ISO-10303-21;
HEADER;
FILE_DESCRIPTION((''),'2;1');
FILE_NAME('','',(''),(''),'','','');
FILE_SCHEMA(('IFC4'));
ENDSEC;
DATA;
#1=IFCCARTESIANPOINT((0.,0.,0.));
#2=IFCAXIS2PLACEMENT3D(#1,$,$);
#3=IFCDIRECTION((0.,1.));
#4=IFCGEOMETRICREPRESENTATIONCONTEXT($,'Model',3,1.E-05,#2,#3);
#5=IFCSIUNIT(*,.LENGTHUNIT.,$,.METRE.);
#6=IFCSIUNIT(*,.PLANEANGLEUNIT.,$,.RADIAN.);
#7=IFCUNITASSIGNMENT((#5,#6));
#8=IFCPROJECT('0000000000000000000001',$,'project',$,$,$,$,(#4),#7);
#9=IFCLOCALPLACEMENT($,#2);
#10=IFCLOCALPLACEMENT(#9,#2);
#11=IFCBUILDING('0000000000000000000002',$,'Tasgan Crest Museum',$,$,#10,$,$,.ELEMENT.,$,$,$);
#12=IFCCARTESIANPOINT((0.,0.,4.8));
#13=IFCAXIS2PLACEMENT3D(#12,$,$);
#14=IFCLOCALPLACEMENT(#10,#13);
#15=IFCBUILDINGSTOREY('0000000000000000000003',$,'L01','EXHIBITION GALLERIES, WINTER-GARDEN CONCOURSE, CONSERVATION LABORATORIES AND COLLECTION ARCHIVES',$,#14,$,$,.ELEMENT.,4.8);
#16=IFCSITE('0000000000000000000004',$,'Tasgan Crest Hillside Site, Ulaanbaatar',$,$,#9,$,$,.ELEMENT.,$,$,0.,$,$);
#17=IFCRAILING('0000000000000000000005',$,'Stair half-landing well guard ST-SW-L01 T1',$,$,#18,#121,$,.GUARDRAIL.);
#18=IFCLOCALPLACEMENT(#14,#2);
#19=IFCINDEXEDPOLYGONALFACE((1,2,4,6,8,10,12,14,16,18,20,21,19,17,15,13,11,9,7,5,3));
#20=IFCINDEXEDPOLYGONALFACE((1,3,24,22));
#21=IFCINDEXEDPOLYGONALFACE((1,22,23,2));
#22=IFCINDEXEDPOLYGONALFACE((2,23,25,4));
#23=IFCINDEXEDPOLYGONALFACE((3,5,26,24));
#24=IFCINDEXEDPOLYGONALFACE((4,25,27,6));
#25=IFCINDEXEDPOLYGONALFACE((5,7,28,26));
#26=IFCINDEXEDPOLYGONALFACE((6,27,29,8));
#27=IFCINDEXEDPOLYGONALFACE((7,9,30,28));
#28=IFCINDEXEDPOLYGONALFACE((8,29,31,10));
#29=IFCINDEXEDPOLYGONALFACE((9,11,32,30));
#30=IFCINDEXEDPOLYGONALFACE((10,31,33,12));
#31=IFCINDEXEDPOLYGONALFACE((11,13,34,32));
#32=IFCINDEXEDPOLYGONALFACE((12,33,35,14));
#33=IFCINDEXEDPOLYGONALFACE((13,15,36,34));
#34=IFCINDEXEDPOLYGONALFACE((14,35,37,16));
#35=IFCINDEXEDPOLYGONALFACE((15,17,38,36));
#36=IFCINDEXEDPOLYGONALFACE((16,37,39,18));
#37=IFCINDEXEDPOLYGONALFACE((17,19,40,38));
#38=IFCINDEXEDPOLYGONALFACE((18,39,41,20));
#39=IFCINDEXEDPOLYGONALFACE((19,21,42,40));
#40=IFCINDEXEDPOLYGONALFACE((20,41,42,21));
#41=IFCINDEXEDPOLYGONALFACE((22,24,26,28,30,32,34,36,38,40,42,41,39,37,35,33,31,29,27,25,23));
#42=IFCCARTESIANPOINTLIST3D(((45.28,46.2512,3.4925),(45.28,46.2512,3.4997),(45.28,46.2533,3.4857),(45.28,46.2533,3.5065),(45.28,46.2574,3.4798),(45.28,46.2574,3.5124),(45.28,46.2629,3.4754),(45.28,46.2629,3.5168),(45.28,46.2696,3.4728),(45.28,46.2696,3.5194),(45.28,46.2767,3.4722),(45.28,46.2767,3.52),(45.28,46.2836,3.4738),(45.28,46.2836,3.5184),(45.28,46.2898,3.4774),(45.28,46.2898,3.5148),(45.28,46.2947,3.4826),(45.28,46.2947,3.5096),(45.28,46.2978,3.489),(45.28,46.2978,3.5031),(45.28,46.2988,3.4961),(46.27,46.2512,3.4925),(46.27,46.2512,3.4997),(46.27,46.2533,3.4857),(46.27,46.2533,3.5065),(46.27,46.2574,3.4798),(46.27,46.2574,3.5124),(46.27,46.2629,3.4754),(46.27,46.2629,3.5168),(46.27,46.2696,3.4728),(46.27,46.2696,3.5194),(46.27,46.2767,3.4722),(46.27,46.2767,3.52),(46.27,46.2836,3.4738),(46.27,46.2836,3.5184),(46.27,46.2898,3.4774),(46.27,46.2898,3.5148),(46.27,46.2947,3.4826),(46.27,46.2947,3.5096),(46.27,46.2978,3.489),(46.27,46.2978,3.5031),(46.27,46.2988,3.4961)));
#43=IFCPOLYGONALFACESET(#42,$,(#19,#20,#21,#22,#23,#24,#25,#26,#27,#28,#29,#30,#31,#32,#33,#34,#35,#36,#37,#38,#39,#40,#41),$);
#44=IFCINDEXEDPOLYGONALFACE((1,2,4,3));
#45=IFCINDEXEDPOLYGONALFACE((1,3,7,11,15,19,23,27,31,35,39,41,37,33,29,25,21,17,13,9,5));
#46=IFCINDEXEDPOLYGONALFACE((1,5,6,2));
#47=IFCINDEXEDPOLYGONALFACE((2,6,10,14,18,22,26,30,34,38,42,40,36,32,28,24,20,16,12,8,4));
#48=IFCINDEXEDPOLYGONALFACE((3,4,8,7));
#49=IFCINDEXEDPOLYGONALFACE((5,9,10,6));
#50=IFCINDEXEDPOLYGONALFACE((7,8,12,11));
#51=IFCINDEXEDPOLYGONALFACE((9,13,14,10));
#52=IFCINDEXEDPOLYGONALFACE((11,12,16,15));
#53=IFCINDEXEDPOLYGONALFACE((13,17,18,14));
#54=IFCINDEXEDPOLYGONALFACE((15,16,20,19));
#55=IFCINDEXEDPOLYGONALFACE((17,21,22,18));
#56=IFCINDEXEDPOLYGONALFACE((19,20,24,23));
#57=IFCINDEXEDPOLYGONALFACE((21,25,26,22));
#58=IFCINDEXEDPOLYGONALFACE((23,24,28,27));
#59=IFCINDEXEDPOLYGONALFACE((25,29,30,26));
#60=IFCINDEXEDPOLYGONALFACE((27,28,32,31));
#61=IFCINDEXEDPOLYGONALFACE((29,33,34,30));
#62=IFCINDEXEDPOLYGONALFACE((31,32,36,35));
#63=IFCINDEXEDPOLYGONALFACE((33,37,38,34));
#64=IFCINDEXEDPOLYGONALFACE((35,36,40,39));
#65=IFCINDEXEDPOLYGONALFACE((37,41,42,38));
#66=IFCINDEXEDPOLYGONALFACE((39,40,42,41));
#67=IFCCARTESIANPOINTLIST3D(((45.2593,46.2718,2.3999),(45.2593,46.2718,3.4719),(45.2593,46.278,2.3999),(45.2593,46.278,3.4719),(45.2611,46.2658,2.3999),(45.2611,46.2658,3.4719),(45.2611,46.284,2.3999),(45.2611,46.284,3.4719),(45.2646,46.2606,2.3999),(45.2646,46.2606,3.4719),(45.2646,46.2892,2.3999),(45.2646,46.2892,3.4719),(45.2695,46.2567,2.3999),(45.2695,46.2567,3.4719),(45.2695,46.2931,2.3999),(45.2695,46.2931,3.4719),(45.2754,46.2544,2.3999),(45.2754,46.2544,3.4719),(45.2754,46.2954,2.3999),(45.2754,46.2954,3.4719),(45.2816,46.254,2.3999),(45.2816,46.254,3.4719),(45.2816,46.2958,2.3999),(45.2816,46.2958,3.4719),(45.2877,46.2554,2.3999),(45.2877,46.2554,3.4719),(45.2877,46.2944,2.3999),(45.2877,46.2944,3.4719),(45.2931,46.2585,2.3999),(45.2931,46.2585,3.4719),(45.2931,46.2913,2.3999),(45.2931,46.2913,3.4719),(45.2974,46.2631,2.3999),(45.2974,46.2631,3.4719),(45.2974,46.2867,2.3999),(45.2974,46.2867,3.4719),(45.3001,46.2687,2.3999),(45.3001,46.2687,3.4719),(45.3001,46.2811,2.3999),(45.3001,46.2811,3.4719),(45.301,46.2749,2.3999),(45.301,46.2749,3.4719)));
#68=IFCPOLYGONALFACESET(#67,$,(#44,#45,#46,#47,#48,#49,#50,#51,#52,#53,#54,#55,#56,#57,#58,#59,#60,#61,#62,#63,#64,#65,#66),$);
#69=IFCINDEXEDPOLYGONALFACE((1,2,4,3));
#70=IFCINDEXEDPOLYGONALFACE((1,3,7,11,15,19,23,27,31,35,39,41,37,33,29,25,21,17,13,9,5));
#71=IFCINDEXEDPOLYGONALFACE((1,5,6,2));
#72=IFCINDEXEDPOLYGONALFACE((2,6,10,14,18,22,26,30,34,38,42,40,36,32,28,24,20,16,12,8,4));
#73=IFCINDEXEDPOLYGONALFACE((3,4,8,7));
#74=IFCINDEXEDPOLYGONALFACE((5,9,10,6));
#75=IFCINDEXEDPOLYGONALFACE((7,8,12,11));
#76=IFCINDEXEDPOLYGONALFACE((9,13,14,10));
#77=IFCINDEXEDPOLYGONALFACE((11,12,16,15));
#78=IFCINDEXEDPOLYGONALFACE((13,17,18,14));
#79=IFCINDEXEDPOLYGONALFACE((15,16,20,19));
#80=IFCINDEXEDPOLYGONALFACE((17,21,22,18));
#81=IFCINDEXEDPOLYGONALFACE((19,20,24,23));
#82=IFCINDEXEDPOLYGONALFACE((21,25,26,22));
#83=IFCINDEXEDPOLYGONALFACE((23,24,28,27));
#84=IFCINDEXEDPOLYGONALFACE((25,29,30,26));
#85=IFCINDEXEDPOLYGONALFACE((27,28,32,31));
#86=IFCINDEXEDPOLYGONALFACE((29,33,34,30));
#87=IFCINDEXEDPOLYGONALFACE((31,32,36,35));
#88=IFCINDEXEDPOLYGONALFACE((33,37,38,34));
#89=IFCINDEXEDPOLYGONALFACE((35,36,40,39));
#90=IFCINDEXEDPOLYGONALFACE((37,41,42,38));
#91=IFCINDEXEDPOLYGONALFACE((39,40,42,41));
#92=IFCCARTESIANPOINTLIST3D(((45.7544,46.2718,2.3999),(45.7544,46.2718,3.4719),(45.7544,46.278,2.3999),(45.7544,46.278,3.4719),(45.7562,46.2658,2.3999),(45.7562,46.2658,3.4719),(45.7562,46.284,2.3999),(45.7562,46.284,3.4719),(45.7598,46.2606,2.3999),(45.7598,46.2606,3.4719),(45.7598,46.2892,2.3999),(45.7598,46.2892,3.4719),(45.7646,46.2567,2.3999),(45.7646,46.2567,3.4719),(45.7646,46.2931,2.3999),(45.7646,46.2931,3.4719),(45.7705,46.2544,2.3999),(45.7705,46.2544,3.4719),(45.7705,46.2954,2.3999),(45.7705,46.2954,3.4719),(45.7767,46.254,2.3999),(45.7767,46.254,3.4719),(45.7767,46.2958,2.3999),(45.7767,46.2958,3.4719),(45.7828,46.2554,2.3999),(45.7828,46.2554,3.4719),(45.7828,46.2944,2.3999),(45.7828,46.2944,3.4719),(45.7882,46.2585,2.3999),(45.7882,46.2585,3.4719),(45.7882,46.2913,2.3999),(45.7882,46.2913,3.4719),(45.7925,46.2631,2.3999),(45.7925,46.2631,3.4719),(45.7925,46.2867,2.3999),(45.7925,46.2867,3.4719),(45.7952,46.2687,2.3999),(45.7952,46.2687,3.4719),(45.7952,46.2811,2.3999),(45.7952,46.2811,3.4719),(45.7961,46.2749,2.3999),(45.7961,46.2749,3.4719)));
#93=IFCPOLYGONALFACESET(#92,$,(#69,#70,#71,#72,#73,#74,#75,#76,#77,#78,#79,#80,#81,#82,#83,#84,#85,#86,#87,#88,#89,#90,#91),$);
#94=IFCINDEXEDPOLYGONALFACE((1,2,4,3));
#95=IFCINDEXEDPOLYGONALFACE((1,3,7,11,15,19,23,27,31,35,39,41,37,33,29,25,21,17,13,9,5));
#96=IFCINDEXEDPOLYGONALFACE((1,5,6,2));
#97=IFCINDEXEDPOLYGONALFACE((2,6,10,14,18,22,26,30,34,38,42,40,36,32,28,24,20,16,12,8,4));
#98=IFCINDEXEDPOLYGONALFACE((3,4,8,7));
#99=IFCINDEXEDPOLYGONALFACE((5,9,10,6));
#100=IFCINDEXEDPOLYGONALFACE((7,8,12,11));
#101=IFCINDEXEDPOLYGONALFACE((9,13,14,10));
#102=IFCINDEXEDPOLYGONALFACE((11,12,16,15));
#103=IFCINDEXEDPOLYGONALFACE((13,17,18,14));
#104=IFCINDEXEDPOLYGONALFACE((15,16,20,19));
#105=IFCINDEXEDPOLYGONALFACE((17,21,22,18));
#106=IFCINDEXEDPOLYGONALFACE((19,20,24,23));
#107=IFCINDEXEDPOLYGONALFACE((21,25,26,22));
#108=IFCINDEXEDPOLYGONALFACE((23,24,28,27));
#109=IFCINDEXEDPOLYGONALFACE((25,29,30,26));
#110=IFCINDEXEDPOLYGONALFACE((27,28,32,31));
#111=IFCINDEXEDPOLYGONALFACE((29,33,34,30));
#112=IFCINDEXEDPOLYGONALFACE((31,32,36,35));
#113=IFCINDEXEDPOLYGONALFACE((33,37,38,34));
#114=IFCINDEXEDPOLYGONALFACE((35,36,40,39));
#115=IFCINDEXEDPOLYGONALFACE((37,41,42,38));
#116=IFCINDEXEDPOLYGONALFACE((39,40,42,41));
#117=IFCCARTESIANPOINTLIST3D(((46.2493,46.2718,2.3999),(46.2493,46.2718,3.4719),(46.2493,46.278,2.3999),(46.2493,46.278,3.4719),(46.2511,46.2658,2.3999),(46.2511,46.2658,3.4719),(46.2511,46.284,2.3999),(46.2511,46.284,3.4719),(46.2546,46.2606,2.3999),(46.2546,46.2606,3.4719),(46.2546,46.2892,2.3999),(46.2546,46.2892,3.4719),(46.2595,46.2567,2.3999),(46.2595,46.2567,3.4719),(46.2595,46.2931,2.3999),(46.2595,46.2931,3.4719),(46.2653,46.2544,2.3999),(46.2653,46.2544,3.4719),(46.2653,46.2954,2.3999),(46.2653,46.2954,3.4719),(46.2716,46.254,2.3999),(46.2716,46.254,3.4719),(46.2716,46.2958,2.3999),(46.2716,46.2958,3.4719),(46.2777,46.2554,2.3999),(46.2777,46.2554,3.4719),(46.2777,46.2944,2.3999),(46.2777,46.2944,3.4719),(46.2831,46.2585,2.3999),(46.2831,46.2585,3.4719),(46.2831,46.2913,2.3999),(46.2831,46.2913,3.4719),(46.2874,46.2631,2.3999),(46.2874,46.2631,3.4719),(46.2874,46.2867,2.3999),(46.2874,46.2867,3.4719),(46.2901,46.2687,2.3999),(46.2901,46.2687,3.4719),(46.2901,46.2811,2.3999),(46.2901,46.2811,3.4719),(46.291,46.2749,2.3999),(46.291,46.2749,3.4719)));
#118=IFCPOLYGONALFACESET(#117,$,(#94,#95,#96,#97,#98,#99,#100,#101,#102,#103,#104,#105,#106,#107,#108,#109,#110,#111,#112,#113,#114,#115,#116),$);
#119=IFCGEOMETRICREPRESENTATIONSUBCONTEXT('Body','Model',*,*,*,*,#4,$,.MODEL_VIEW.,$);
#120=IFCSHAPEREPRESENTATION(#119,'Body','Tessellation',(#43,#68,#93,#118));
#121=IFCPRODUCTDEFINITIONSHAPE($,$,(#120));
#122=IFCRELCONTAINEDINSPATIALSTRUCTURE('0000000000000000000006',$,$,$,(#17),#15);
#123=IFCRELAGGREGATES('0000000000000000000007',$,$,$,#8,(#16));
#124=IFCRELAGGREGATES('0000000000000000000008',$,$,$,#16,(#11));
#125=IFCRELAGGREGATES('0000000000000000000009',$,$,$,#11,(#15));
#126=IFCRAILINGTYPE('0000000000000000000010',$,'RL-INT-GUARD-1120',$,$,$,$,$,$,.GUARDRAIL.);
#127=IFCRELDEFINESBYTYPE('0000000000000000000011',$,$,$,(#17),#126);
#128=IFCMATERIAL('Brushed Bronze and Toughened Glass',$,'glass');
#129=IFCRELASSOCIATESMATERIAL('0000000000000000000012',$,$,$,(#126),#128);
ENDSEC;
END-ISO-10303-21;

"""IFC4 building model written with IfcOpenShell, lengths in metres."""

from ifc_helpers import new_model, si_unit, direction, frame, origin, origin_2d, place, context, subcontext, project, spatial, circle, extrude, material, type_object, element, save


model = new_model("IFC4")

# Units and contexts
model_context = context("Model", 3, precision=1e-05, world=origin(), true_north=direction((0.0, 1.0)))
body_context = subcontext(model_context, "Body", "Model", "MODEL_VIEW")
ifc_project = project(units=[si_unit("LENGTHUNIT", "METRE"), si_unit("PLANEANGLEUNIT", "RADIAN")], contexts=[model_context])

# Site, building, storey
site_placement = place(None, origin())
site = spatial("IfcSite", under=ifc_project, at=site_placement, Name="Tasgan Crest Hillside Site, Ulaanbaatar", CompositionType="ELEMENT", RefElevation=0.0)
building_placement = place(site_placement, origin())
building = spatial("IfcBuilding", under=site, at=building_placement, Name="Tasgan Crest Museum", CompositionType="ELEMENT")
storey_placement = place(building_placement, frame((0.0, 0.0, 4.8)))
storey = spatial("IfcBuildingStorey", under=building, at=storey_placement, Name="L01", Description="EXHIBITION GALLERIES, WINTER-GARDEN CONCOURSE, CONSERVATION LABORATORIES AND COLLECTION ARCHIVES", CompositionType="ELEMENT", Elevation=4.8)

# Railing
ifc_material_1 = material(Name="Brushed Bronze and Toughened Glass", Category="glass")
railing_type_1 = type_object("IfcRailingType", Name="RL-INT-GUARD-1120", PredefinedType="GUARDRAIL", material=ifc_material_1)
railing_1_placement = place(storey_placement, frame((45.28, 46.2749, 2.3999)))
element("IfcRailing", 1, at=railing_1_placement, inside=storey, type_object=railing_type_1, Name="Stair half-landing well guard ST-SW-L01 T1", PredefinedType="GUARDRAIL", context=body_context, shape_type="SweptSolid", body=[
    extrude(circle(Radius=0.0239, at=origin_2d()), frame((0.0, 0.0, 1.0962), z_axis=(1.0, 0.0, 0.0), x_axis=(0.0, 1.0, 0.0)), (0.0, 0.0, 1.0), 0.99),
    extrude(circle(Radius=0.021, at=origin_2d()), origin(), (0.0, 0.0, 1.0), 1.072),
    extrude(circle(Radius=0.021, at=origin_2d()), frame((0.4951, 0.0, 0.0)), (0.0, 0.0, 1.0), 1.072),
    extrude(circle(Radius=0.021, at=origin_2d()), frame((0.99, 0.0, 0.0)), (0.0, 0.0, 1.0), 1.072),
])

save(model, "model.ifc")
